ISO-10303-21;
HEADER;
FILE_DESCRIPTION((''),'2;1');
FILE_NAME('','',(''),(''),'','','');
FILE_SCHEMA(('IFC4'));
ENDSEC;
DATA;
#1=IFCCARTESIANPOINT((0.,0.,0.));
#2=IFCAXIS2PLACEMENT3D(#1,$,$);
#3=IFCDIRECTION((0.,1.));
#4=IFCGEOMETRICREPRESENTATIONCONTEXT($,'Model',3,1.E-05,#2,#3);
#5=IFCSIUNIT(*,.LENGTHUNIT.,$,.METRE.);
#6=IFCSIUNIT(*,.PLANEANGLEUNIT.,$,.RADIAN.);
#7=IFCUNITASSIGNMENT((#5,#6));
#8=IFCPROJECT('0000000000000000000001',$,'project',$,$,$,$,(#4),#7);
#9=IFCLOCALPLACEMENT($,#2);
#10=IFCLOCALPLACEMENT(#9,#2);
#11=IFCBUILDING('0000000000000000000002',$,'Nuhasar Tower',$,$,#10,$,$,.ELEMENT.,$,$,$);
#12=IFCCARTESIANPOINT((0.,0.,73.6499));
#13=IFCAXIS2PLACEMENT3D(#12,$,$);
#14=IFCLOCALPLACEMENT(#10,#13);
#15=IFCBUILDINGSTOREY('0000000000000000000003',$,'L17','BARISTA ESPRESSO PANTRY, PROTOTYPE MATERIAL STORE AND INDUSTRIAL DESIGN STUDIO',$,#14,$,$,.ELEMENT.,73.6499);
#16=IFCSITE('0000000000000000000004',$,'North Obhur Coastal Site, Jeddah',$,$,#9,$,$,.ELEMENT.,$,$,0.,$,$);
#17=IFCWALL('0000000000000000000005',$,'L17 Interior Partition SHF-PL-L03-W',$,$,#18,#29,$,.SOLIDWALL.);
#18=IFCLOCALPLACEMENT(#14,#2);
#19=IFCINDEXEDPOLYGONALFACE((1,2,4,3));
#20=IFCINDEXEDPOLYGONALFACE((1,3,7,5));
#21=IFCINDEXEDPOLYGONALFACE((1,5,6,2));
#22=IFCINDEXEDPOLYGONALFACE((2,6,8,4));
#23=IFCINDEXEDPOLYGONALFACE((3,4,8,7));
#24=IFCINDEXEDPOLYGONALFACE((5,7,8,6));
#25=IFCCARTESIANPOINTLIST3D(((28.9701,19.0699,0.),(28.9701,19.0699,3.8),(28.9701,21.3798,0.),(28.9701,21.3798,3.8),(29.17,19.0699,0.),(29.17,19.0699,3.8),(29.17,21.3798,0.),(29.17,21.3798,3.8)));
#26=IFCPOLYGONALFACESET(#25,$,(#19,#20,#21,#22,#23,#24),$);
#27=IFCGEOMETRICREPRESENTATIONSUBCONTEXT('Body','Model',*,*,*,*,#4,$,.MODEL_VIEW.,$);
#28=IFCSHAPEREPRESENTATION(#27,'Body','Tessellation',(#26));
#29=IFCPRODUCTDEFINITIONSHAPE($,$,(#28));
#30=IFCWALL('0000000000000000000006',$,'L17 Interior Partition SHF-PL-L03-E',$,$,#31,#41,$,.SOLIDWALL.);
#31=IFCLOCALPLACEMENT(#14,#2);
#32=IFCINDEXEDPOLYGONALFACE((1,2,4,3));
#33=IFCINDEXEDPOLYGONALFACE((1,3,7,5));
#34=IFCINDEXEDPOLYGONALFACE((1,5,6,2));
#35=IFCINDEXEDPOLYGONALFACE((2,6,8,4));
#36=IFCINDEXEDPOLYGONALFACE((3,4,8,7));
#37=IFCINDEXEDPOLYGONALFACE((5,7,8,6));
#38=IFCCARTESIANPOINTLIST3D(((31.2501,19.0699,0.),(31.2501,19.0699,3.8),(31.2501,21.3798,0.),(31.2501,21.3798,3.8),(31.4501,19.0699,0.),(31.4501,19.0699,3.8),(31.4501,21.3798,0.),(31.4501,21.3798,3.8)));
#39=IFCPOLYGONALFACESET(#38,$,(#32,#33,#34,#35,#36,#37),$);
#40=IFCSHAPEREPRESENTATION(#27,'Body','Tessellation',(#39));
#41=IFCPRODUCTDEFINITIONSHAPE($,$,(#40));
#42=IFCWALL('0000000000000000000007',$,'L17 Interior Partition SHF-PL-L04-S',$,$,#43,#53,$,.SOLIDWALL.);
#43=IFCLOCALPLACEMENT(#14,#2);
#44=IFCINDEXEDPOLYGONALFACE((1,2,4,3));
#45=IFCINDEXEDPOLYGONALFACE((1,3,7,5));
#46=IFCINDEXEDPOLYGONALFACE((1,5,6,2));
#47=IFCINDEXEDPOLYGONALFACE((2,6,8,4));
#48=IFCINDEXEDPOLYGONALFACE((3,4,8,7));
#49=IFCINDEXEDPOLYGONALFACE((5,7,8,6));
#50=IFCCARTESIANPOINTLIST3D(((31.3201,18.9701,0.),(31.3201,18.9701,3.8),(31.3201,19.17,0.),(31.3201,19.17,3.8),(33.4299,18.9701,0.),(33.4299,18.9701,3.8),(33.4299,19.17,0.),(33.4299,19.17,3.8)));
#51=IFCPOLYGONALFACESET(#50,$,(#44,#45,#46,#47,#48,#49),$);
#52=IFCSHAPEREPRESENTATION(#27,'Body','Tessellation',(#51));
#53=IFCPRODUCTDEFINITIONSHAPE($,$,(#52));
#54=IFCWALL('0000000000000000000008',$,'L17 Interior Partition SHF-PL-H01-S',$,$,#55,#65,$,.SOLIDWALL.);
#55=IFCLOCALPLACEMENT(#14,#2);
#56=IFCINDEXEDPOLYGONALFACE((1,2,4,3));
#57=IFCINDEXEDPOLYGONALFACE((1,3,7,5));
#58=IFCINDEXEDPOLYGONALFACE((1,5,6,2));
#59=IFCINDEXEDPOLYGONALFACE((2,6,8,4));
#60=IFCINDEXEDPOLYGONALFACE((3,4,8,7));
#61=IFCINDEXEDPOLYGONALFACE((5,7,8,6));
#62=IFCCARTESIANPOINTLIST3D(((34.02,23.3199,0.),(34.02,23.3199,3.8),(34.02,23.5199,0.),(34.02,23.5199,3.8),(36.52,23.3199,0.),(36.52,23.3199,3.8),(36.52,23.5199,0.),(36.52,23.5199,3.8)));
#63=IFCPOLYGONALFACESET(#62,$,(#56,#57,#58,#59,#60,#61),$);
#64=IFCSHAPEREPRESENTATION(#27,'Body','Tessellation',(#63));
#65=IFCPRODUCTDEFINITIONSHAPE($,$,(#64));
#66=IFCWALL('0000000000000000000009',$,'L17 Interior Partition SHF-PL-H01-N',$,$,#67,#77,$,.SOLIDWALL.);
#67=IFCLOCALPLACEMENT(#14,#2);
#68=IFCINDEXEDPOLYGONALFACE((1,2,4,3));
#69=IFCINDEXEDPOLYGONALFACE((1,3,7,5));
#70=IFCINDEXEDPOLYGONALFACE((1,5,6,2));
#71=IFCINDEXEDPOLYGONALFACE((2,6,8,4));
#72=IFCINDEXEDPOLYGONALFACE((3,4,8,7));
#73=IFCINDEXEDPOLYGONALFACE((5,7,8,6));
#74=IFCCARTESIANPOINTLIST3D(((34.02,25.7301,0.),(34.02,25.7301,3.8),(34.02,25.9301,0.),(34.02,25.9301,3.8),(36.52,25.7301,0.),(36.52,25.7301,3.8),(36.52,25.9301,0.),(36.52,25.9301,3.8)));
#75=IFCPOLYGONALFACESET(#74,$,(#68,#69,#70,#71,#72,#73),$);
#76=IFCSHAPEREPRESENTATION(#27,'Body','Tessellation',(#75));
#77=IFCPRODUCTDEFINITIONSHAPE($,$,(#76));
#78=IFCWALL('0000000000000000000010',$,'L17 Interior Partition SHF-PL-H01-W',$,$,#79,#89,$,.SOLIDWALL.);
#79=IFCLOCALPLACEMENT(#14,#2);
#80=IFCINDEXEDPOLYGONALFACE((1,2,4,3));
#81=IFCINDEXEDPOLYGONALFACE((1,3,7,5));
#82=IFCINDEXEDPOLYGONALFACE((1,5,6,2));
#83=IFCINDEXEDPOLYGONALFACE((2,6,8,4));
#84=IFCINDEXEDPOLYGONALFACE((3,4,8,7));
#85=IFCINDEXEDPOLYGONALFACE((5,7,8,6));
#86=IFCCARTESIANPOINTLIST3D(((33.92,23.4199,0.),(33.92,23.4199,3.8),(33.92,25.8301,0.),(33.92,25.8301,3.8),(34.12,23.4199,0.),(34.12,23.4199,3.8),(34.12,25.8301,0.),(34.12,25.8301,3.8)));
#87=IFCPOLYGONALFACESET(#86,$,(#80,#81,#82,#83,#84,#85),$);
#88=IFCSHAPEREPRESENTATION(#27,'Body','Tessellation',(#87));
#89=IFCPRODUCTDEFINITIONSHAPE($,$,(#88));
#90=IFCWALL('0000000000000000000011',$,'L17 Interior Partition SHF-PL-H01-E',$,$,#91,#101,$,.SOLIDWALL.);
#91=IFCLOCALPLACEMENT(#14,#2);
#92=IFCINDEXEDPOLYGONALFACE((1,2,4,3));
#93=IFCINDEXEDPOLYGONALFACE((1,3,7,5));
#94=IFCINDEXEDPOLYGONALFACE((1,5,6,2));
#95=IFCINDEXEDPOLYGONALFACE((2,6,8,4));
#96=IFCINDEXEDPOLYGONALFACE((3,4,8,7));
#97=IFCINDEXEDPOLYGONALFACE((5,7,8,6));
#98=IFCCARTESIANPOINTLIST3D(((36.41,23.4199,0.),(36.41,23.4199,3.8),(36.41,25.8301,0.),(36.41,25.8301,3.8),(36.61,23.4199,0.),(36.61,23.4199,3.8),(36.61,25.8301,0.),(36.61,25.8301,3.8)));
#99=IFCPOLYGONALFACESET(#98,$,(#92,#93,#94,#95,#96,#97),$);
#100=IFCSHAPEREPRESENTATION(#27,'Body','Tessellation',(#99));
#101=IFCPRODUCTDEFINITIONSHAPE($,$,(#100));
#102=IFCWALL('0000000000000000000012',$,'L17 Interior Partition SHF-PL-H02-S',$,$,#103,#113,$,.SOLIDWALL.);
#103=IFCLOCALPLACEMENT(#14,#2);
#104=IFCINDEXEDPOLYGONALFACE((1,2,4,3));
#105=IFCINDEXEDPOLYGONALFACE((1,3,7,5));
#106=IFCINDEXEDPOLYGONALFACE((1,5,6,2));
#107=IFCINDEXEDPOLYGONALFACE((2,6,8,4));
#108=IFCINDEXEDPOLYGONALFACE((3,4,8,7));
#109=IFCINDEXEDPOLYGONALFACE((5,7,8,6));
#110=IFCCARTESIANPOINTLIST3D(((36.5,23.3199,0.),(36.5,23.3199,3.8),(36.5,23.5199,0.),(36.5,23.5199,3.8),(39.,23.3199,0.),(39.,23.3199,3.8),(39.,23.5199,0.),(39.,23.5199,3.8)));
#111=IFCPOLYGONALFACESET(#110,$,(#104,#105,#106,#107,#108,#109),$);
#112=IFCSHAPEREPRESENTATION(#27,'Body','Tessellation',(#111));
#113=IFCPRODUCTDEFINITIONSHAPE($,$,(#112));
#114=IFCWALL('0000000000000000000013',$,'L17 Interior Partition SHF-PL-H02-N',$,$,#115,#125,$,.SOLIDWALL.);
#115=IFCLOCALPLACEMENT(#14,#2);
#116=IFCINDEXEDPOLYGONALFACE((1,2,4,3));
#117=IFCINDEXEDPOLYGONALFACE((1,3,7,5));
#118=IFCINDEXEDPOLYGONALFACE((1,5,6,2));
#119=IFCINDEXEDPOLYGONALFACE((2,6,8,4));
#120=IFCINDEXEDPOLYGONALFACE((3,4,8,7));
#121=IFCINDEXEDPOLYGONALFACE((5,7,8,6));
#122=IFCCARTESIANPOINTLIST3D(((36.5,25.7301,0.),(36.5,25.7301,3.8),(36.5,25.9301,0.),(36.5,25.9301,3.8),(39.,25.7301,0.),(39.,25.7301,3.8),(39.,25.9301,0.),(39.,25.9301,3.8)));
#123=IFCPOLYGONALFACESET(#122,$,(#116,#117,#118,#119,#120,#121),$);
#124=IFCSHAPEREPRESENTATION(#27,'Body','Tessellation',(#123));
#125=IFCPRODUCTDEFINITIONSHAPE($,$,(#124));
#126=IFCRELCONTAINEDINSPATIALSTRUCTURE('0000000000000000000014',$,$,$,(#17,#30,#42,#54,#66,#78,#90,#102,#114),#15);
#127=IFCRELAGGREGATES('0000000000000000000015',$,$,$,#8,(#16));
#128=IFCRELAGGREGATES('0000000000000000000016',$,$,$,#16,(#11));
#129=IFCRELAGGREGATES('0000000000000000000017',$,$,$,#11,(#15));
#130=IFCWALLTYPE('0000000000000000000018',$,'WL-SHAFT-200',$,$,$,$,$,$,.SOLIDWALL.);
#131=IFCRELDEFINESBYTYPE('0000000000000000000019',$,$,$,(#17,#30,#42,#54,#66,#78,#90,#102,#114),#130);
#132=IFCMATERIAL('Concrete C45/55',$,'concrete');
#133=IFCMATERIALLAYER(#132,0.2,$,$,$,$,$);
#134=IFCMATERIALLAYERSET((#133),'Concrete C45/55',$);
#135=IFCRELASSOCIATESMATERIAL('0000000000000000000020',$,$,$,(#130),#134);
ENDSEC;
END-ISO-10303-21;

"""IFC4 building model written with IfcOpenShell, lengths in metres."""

from ifc_helpers import new_model, si_unit, direction, frame, frame_2d, origin, place, context, subcontext, project, spatial, rectangle, extrude, material, layer, layer_set, type_object, element, save


model = new_model("IFC4")

# Units and contexts
model_context = context("Model", 3, precision=1e-05, world=origin(), true_north=direction((0.0, 1.0)))
body_context = subcontext(model_context, "Body", "Model", "MODEL_VIEW")
ifc_project = project(units=[si_unit("LENGTHUNIT", "METRE"), si_unit("PLANEANGLEUNIT", "RADIAN")], contexts=[model_context])

# Site, building, storey
site_placement = place(None, origin())
site = spatial("IfcSite", under=ifc_project, at=site_placement, Name="North Obhur Coastal Site, Jeddah", CompositionType="ELEMENT", RefElevation=0.0)
building_placement = place(site_placement, origin())
building = spatial("IfcBuilding", under=site, at=building_placement, Name="Nuhasar Tower", CompositionType="ELEMENT")
storey_placement = place(building_placement, frame((0.0, 0.0, 73.6499)))
storey = spatial("IfcBuildingStorey", under=building, at=storey_placement, Name="L17", Description="BARISTA ESPRESSO PANTRY, PROTOTYPE MATERIAL STORE AND INDUSTRIAL DESIGN STUDIO", CompositionType="ELEMENT", Elevation=73.6499)

# Shared definitions
ifc_material_1 = material(Name="Concrete C45/55", Category="concrete")
ifc_layer_1 = layer(ifc_material_1, 0.2)
ifc_layer_set_1 = layer_set([ifc_layer_1], Name="Concrete C45/55")
wall_type_1 = type_object("IfcWallType", Name="WL-SHAFT-200", PredefinedType="SOLIDWALL", material=ifc_layer_set_1)

# Walls
for number, where, z_axis, x_axis, name in (
    (1, (29.0701, 19.0701, 0.0), (0.0, 0.0, 1.0), (0.0, 1.0, 0.0), "L17 Interior Partition SHF-PL-L03-W"),
    (2, (31.3501, 19.0701, 0.0), (0.0, 0.0, 1.0), (0.0, 1.0, 0.0), "L17 Interior Partition SHF-PL-L03-E"),
):
    element("IfcWall", number, at=place(storey_placement, frame(where, z_axis=z_axis, x_axis=x_axis)), inside=storey, type_object=wall_type_1, Name=name, PredefinedType="SOLIDWALL", context=body_context, shape_type="SweptSolid", body=[
        extrude(rectangle(XDim=2.3098, YDim=0.2, at=frame_2d((1.1548, 0.0))), origin(), (0.0, 0.0, 1.0), 3.8),
    ])
wall_1_placement = place(storey_placement, frame((31.3201, 19.0701, 0.0), z_axis=(0.0, 0.0, 1.0), x_axis=(1.0, 0.0, 0.0)))
element("IfcWall", 3, at=wall_1_placement, inside=storey, type_object=wall_type_1, Name="L17 Interior Partition SHF-PL-L04-S", PredefinedType="SOLIDWALL", context=body_context, shape_type="SweptSolid", body=[
    extrude(rectangle(XDim=2.1099, YDim=0.2, at=frame_2d((1.0549, 0.0))), origin(), (0.0, 0.0, 1.0), 3.8),
])

# Walls
for number, where, z_axis, x_axis, name in (
    (4, (34.02, 23.4199, 0.0), (0.0, 0.0, 1.0), (1.0, 0.0, 0.0), "L17 Interior Partition SHF-PL-H01-S"),
    (5, (34.02, 25.8301, 0.0), (0.0, 0.0, 1.0), (1.0, 0.0, 0.0), "L17 Interior Partition SHF-PL-H01-N"),
):
    element("IfcWall", number, at=place(storey_placement, frame(where, z_axis=z_axis, x_axis=x_axis)), inside=storey, type_object=wall_type_1, Name=name, PredefinedType="SOLIDWALL", context=body_context, shape_type="SweptSolid", body=[
        extrude(rectangle(XDim=2.5, YDim=0.2, at=frame_2d((1.25, 0.0))), origin(), (0.0, 0.0, 1.0), 3.8),
    ])
for number, where, z_axis, x_axis, name in (
    (6, (34.02, 23.4199, 0.0), (0.0, 0.0, 1.0), (0.0, 1.0, 0.0), "L17 Interior Partition SHF-PL-H01-W"),
    (7, (36.51, 23.4199, 0.0), (0.0, 0.0, 1.0), (0.0, 1.0, 0.0), "L17 Interior Partition SHF-PL-H01-E"),
):
    element("IfcWall", number, at=place(storey_placement, frame(where, z_axis=z_axis, x_axis=x_axis)), inside=storey, type_object=wall_type_1, Name=name, PredefinedType="SOLIDWALL", context=body_context, shape_type="SweptSolid", body=[
        extrude(rectangle(XDim=2.4102, YDim=0.2, at=frame_2d((1.2051, 0.0))), origin(), (0.0, 0.0, 1.0), 3.8),
    ])
for number, where, z_axis, x_axis, name in (
    (8, (36.5, 23.4199, 0.0), (0.0, 0.0, 1.0), (1.0, 0.0, 0.0), "L17 Interior Partition SHF-PL-H02-S"),
    (9, (36.5, 25.8301, 0.0), (0.0, 0.0, 1.0), (1.0, 0.0, 0.0), "L17 Interior Partition SHF-PL-H02-N"),
):
    element("IfcWall", number, at=place(storey_placement, frame(where, z_axis=z_axis, x_axis=x_axis)), inside=storey, type_object=wall_type_1, Name=name, PredefinedType="SOLIDWALL", context=body_context, shape_type="SweptSolid", body=[
        extrude(rectangle(XDim=2.5, YDim=0.2, at=frame_2d((1.25, 0.0))), origin(), (0.0, 0.0, 1.0), 3.8),
    ])

save(model, "model.ifc")
